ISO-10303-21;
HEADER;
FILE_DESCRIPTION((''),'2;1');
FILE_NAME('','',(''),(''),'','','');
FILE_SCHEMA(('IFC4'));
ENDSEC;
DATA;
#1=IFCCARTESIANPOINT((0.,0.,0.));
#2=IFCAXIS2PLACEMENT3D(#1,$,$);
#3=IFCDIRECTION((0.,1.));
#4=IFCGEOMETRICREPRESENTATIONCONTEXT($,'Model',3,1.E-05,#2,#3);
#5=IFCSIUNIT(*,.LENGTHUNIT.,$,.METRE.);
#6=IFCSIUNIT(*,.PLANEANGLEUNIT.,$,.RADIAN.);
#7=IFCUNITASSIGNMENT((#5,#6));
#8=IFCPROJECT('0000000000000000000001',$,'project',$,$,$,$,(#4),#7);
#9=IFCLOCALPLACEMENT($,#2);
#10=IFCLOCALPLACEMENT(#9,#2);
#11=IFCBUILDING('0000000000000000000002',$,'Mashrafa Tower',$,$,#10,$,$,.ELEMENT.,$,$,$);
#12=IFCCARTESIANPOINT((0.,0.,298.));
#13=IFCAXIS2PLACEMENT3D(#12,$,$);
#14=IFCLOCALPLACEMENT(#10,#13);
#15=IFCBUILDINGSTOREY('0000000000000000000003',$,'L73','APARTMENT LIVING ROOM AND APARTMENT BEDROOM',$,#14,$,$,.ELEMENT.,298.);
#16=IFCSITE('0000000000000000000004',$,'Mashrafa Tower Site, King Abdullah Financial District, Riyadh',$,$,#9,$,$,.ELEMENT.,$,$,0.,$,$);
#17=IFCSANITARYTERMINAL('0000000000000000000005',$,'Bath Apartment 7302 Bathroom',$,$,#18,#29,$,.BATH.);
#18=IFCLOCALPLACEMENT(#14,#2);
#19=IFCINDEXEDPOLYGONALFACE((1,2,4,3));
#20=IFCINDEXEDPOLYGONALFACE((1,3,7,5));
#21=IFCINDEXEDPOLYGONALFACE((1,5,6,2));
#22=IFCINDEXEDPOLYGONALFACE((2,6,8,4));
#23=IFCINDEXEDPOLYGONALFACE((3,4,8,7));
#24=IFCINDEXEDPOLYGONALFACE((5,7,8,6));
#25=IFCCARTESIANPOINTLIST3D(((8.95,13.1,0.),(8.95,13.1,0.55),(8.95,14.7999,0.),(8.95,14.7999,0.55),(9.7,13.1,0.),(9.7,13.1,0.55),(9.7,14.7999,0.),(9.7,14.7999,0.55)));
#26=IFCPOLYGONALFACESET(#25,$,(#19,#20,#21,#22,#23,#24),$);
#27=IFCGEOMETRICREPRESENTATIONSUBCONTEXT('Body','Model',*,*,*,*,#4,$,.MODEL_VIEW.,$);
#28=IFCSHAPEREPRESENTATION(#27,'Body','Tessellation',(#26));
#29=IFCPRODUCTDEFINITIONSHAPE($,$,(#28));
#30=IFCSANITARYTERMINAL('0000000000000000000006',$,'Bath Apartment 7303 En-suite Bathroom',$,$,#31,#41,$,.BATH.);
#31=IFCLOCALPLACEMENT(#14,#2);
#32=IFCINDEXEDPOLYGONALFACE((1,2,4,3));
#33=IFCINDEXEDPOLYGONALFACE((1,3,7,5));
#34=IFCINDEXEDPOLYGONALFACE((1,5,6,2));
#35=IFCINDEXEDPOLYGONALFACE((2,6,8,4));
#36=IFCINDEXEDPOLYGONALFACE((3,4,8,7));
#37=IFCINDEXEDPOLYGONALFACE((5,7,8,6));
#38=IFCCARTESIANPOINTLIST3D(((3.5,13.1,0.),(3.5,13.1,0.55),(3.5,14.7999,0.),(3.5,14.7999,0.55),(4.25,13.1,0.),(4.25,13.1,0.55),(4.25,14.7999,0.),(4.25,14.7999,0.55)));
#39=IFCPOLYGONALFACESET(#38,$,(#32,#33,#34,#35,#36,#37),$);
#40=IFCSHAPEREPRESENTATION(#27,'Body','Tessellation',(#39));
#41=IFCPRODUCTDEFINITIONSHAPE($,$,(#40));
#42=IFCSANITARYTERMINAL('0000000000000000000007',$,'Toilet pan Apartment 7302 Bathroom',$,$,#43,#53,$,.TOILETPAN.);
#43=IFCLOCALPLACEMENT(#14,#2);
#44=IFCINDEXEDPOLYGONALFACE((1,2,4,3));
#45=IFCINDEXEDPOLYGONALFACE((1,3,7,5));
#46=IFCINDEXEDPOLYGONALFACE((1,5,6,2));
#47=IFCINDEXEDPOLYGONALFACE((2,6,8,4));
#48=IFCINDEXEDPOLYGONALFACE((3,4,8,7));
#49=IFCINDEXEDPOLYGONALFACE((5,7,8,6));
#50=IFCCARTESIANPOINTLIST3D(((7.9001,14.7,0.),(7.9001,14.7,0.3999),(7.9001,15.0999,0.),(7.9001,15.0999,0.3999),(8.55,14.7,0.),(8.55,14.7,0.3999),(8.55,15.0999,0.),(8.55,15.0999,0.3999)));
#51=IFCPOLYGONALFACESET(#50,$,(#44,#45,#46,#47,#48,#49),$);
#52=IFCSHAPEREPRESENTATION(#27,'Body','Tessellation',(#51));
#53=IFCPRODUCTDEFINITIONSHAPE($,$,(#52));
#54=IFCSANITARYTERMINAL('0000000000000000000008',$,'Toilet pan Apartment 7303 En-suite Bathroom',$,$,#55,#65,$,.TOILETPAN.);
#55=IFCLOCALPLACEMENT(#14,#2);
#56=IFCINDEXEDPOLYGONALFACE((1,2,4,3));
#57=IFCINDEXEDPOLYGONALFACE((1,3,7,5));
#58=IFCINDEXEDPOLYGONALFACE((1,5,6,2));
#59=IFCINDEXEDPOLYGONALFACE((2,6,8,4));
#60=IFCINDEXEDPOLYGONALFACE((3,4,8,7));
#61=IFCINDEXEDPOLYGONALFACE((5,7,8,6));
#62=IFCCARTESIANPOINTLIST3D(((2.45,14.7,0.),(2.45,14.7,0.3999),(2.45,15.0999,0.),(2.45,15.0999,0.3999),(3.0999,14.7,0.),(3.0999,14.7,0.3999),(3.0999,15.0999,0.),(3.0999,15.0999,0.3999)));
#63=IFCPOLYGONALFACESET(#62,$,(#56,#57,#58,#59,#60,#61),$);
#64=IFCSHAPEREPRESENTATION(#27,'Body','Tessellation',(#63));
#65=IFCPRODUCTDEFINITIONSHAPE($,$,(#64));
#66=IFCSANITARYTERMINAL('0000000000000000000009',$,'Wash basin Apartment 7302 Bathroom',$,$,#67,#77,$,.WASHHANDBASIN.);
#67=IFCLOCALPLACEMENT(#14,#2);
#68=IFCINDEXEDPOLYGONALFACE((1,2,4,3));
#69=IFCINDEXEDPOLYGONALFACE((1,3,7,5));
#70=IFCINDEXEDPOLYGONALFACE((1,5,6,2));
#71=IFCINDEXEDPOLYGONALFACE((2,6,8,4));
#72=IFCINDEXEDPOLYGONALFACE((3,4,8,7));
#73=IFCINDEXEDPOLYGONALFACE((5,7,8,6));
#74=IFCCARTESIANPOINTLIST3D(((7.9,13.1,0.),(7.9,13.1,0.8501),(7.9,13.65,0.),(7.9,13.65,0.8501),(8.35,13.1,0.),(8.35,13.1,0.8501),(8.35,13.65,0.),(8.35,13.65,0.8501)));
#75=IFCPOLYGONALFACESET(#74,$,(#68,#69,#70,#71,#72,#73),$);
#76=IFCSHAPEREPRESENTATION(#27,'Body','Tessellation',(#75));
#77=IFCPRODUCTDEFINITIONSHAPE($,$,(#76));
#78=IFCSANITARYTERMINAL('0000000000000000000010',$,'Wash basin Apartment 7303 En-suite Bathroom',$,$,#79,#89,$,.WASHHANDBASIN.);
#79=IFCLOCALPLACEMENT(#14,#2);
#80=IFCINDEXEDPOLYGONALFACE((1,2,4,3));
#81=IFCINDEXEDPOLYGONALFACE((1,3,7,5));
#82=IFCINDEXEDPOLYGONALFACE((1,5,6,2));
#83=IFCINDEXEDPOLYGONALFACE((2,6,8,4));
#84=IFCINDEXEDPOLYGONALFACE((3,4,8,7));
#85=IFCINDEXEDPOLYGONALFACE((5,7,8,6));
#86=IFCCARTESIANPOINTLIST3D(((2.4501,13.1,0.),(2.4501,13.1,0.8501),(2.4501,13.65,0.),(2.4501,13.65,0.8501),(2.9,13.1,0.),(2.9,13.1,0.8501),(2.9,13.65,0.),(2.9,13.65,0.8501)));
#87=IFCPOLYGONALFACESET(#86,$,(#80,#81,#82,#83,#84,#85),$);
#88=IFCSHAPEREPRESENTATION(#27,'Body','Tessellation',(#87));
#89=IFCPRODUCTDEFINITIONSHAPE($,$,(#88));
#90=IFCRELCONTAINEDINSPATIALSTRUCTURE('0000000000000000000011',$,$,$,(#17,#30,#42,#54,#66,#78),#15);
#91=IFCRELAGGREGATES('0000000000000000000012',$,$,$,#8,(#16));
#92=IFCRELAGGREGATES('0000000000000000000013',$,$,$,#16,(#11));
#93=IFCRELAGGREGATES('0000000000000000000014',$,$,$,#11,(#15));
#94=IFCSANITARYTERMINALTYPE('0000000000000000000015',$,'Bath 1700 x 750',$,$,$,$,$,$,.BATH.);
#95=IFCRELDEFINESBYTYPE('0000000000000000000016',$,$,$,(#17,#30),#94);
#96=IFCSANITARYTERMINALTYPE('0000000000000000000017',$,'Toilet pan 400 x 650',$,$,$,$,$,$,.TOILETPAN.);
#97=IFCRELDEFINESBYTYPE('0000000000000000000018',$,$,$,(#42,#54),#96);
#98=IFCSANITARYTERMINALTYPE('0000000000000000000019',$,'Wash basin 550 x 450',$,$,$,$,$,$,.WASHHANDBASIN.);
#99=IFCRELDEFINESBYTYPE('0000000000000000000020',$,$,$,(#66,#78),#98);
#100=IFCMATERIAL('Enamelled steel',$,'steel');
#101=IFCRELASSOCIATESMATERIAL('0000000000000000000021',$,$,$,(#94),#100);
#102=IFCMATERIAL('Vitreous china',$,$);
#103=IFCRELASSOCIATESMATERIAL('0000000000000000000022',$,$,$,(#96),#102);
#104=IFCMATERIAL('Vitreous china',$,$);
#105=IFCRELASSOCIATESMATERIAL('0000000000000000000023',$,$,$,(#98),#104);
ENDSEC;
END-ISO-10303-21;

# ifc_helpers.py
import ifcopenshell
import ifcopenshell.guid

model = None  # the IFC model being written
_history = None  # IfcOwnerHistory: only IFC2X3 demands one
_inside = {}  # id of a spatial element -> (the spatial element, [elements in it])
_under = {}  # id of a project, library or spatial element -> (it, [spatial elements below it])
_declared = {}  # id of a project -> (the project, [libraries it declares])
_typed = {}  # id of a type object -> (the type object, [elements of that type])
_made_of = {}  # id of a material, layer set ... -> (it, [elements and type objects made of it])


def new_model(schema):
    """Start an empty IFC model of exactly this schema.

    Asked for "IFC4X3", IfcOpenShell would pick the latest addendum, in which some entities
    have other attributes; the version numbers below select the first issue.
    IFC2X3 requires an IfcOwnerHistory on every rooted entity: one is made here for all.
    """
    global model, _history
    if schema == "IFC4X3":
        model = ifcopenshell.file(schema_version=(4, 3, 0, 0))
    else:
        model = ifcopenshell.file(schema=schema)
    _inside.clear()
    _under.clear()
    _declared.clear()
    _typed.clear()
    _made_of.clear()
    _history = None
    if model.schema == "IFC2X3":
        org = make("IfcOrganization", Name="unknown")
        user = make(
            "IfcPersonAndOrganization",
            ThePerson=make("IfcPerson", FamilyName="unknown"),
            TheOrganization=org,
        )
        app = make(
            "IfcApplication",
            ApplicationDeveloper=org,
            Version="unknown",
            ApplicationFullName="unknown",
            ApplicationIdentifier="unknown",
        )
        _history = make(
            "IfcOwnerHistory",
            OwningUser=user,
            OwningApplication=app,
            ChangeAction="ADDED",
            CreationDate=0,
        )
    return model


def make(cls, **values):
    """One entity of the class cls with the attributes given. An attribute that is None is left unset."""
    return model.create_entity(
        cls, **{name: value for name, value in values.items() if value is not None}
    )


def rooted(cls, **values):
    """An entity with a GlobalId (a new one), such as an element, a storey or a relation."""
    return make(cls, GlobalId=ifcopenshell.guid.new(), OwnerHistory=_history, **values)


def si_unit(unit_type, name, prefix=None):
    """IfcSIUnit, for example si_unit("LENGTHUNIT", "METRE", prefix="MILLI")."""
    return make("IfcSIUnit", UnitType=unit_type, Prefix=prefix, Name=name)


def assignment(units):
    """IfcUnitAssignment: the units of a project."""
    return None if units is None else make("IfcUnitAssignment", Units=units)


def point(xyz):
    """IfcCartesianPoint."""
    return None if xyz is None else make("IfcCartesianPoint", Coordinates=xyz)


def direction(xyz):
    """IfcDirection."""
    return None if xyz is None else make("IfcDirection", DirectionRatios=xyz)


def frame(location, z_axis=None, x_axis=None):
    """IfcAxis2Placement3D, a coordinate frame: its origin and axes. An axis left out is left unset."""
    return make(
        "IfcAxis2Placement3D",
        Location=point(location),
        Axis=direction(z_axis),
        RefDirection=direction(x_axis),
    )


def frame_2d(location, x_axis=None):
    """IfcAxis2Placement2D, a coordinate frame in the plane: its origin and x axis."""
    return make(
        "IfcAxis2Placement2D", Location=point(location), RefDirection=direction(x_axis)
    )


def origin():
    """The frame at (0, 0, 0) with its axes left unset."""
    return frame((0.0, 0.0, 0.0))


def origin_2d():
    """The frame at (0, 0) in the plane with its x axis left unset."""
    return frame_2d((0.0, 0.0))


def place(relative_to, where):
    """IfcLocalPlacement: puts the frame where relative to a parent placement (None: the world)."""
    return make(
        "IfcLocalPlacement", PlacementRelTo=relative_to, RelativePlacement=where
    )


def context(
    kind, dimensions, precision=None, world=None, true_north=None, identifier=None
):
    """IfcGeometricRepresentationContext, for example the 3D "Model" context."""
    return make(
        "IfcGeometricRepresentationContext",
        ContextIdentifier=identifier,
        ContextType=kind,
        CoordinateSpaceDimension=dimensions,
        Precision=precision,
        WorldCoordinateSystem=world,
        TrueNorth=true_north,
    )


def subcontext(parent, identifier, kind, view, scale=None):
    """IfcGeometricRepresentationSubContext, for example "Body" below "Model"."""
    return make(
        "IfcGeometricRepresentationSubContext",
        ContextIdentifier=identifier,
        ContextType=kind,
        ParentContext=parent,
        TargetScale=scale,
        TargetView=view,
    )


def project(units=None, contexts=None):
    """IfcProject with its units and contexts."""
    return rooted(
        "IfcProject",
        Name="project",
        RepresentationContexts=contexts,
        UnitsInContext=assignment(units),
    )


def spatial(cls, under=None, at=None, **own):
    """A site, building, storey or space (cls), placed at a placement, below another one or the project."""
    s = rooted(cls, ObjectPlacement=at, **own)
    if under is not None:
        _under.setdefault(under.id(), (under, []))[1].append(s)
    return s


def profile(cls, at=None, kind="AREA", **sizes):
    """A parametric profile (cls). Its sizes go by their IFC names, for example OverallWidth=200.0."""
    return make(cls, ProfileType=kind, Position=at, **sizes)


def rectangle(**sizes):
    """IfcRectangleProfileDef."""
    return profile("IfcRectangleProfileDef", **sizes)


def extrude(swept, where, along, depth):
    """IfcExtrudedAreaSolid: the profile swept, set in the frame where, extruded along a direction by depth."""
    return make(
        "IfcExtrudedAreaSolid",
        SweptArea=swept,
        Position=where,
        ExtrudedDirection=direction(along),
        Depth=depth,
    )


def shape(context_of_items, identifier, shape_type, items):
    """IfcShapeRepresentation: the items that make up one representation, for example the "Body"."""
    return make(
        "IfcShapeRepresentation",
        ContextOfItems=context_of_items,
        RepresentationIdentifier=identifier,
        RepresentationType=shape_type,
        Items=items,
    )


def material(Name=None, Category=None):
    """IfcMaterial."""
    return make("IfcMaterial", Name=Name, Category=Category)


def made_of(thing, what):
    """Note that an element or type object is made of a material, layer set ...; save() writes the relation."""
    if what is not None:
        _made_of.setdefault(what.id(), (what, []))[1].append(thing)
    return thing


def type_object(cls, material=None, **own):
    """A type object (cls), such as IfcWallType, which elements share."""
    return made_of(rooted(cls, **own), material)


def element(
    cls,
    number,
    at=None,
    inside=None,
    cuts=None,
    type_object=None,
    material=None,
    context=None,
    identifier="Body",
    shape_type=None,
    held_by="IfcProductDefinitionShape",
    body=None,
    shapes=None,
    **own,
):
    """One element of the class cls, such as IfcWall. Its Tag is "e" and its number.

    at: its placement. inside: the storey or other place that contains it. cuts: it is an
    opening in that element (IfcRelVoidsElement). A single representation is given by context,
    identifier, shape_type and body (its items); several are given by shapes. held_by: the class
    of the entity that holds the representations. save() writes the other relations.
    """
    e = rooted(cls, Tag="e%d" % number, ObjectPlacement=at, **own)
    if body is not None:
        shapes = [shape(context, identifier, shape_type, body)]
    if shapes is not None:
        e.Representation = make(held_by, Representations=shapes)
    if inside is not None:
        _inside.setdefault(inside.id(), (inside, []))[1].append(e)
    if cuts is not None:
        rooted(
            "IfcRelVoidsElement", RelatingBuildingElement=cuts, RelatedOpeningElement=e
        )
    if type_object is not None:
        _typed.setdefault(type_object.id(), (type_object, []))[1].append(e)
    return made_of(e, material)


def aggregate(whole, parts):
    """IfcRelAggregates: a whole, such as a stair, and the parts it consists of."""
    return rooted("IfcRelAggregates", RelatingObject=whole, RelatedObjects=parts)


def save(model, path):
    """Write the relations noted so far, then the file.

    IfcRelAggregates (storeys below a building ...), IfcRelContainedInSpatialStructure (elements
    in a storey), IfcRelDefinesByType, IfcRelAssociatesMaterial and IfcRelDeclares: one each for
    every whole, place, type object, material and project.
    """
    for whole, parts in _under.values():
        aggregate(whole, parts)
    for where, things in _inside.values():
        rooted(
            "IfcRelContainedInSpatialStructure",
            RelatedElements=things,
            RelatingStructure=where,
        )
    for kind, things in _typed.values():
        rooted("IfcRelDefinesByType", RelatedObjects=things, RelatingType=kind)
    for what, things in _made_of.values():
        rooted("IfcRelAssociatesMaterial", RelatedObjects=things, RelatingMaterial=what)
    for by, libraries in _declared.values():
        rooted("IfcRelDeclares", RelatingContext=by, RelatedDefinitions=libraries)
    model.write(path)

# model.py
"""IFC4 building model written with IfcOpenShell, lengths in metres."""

from ifc_helpers import new_model, si_unit, direction, frame, origin, origin_2d, place, context, subcontext, project, spatial, rectangle, extrude, material, type_object, element, save


model = new_model("IFC4")

# Units and contexts
model_context = context("Model", 3, precision=1e-05, world=origin(), true_north=direction((0.0, 1.0)))
body_context = subcontext(model_context, "Body", "Model", "MODEL_VIEW")
ifc_project = project(units=[si_unit("LENGTHUNIT", "METRE"), si_unit("PLANEANGLEUNIT", "RADIAN")], contexts=[model_context])

# Site, building, storey
site_placement = place(None, origin())
site = spatial("IfcSite", under=ifc_project, at=site_placement, Name="Mashrafa Tower Site, King Abdullah Financial District, Riyadh", CompositionType="ELEMENT", RefElevation=0.0)
building_placement = place(site_placement, origin())
building = spatial("IfcBuilding", under=site, at=building_placement, Name="Mashrafa Tower", CompositionType="ELEMENT")
storey_placement = place(building_placement, frame((0.0, 0.0, 298.0)))
storey = spatial("IfcBuildingStorey", under=building, at=storey_placement, Name="L73", Description="APARTMENT LIVING ROOM AND APARTMENT BEDROOM", CompositionType="ELEMENT", Elevation=298.0)

# Sanitary terminals
ifc_material_1 = material(Name="Enamelled steel", Category="steel")
sanitary_terminal_type_1 = type_object("IfcSanitaryTerminalType", Name="Bath 1700 x 750", PredefinedType="BATH", material=ifc_material_1)
for number, where, z_axis, x_axis, name in (
    (1, (9.325, 13.95, 0.0), (0.0, 0.0, 1.0), (0.0, 1.0, 0.0), "Bath Apartment 7302 Bathroom"),
    (2, (3.875, 13.95, 0.0), (0.0, 0.0, 1.0), (0.0, 1.0, 0.0), "Bath Apartment 7303 En-suite Bathroom"),
):
    element("IfcSanitaryTerminal", number, at=place(storey_placement, frame(where, z_axis=z_axis, x_axis=x_axis)), inside=storey, type_object=sanitary_terminal_type_1, Name=name, PredefinedType="BATH", context=body_context, shape_type="SweptSolid", body=[
        extrude(rectangle(XDim=1.7, YDim=0.75, at=origin_2d()), origin(), (0.0, 0.0, 1.0), 0.55),
    ])
ifc_material_2 = material(Name="Vitreous china")
sanitary_terminal_type_2 = type_object("IfcSanitaryTerminalType", Name="Toilet pan 400 x 650", PredefinedType="TOILETPAN", material=ifc_material_2)
for number, where, z_axis, x_axis, name in (
    (3, (8.2251, 14.8999, 0.0), (0.0, 0.0, 1.0), (0.0, -1.0, 0.0), "Toilet pan Apartment 7302 Bathroom"),
    (4, (2.7749, 14.8999, 0.0), (0.0, 0.0, 1.0), (0.0, -1.0, 0.0), "Toilet pan Apartment 7303 En-suite Bathroom"),
):
    element("IfcSanitaryTerminal", number, at=place(storey_placement, frame(where, z_axis=z_axis, x_axis=x_axis)), inside=storey, type_object=sanitary_terminal_type_2, Name=name, PredefinedType="TOILETPAN", context=body_context, shape_type="SweptSolid", body=[
        extrude(rectangle(XDim=0.3999, YDim=0.6499, at=origin_2d()), origin(), (0.0, 0.0, 1.0), 0.3999),
    ])
ifc_material_3 = material(Name="Vitreous china")
sanitary_terminal_type_3 = type_object("IfcSanitaryTerminalType", Name="Wash basin 550 x 450", PredefinedType="WASHHANDBASIN", material=ifc_material_3)
for number, where, z_axis, x_axis, name in (
    (5, (8.125, 13.375, 0.0), (0.0, 0.0, 1.0), (0.0, -1.0, 0.0), "Wash basin Apartment 7302 Bathroom"),
    (6, (2.675, 13.375, 0.0), (0.0, 0.0, 1.0), (0.0, -1.0, 0.0), "Wash basin Apartment 7303 En-suite Bathroom"),
):
    element("IfcSanitaryTerminal", number, at=place(storey_placement, frame(where, z_axis=z_axis, x_axis=x_axis)), inside=storey, type_object=sanitary_terminal_type_3, Name=name, PredefinedType="WASHHANDBASIN", context=body_context, shape_type="SweptSolid", body=[
        extrude(rectangle(XDim=0.55, YDim=0.45, at=origin_2d()), origin(), (0.0, 0.0, 1.0), 0.8501),
    ])

save(model, "model.ifc")
